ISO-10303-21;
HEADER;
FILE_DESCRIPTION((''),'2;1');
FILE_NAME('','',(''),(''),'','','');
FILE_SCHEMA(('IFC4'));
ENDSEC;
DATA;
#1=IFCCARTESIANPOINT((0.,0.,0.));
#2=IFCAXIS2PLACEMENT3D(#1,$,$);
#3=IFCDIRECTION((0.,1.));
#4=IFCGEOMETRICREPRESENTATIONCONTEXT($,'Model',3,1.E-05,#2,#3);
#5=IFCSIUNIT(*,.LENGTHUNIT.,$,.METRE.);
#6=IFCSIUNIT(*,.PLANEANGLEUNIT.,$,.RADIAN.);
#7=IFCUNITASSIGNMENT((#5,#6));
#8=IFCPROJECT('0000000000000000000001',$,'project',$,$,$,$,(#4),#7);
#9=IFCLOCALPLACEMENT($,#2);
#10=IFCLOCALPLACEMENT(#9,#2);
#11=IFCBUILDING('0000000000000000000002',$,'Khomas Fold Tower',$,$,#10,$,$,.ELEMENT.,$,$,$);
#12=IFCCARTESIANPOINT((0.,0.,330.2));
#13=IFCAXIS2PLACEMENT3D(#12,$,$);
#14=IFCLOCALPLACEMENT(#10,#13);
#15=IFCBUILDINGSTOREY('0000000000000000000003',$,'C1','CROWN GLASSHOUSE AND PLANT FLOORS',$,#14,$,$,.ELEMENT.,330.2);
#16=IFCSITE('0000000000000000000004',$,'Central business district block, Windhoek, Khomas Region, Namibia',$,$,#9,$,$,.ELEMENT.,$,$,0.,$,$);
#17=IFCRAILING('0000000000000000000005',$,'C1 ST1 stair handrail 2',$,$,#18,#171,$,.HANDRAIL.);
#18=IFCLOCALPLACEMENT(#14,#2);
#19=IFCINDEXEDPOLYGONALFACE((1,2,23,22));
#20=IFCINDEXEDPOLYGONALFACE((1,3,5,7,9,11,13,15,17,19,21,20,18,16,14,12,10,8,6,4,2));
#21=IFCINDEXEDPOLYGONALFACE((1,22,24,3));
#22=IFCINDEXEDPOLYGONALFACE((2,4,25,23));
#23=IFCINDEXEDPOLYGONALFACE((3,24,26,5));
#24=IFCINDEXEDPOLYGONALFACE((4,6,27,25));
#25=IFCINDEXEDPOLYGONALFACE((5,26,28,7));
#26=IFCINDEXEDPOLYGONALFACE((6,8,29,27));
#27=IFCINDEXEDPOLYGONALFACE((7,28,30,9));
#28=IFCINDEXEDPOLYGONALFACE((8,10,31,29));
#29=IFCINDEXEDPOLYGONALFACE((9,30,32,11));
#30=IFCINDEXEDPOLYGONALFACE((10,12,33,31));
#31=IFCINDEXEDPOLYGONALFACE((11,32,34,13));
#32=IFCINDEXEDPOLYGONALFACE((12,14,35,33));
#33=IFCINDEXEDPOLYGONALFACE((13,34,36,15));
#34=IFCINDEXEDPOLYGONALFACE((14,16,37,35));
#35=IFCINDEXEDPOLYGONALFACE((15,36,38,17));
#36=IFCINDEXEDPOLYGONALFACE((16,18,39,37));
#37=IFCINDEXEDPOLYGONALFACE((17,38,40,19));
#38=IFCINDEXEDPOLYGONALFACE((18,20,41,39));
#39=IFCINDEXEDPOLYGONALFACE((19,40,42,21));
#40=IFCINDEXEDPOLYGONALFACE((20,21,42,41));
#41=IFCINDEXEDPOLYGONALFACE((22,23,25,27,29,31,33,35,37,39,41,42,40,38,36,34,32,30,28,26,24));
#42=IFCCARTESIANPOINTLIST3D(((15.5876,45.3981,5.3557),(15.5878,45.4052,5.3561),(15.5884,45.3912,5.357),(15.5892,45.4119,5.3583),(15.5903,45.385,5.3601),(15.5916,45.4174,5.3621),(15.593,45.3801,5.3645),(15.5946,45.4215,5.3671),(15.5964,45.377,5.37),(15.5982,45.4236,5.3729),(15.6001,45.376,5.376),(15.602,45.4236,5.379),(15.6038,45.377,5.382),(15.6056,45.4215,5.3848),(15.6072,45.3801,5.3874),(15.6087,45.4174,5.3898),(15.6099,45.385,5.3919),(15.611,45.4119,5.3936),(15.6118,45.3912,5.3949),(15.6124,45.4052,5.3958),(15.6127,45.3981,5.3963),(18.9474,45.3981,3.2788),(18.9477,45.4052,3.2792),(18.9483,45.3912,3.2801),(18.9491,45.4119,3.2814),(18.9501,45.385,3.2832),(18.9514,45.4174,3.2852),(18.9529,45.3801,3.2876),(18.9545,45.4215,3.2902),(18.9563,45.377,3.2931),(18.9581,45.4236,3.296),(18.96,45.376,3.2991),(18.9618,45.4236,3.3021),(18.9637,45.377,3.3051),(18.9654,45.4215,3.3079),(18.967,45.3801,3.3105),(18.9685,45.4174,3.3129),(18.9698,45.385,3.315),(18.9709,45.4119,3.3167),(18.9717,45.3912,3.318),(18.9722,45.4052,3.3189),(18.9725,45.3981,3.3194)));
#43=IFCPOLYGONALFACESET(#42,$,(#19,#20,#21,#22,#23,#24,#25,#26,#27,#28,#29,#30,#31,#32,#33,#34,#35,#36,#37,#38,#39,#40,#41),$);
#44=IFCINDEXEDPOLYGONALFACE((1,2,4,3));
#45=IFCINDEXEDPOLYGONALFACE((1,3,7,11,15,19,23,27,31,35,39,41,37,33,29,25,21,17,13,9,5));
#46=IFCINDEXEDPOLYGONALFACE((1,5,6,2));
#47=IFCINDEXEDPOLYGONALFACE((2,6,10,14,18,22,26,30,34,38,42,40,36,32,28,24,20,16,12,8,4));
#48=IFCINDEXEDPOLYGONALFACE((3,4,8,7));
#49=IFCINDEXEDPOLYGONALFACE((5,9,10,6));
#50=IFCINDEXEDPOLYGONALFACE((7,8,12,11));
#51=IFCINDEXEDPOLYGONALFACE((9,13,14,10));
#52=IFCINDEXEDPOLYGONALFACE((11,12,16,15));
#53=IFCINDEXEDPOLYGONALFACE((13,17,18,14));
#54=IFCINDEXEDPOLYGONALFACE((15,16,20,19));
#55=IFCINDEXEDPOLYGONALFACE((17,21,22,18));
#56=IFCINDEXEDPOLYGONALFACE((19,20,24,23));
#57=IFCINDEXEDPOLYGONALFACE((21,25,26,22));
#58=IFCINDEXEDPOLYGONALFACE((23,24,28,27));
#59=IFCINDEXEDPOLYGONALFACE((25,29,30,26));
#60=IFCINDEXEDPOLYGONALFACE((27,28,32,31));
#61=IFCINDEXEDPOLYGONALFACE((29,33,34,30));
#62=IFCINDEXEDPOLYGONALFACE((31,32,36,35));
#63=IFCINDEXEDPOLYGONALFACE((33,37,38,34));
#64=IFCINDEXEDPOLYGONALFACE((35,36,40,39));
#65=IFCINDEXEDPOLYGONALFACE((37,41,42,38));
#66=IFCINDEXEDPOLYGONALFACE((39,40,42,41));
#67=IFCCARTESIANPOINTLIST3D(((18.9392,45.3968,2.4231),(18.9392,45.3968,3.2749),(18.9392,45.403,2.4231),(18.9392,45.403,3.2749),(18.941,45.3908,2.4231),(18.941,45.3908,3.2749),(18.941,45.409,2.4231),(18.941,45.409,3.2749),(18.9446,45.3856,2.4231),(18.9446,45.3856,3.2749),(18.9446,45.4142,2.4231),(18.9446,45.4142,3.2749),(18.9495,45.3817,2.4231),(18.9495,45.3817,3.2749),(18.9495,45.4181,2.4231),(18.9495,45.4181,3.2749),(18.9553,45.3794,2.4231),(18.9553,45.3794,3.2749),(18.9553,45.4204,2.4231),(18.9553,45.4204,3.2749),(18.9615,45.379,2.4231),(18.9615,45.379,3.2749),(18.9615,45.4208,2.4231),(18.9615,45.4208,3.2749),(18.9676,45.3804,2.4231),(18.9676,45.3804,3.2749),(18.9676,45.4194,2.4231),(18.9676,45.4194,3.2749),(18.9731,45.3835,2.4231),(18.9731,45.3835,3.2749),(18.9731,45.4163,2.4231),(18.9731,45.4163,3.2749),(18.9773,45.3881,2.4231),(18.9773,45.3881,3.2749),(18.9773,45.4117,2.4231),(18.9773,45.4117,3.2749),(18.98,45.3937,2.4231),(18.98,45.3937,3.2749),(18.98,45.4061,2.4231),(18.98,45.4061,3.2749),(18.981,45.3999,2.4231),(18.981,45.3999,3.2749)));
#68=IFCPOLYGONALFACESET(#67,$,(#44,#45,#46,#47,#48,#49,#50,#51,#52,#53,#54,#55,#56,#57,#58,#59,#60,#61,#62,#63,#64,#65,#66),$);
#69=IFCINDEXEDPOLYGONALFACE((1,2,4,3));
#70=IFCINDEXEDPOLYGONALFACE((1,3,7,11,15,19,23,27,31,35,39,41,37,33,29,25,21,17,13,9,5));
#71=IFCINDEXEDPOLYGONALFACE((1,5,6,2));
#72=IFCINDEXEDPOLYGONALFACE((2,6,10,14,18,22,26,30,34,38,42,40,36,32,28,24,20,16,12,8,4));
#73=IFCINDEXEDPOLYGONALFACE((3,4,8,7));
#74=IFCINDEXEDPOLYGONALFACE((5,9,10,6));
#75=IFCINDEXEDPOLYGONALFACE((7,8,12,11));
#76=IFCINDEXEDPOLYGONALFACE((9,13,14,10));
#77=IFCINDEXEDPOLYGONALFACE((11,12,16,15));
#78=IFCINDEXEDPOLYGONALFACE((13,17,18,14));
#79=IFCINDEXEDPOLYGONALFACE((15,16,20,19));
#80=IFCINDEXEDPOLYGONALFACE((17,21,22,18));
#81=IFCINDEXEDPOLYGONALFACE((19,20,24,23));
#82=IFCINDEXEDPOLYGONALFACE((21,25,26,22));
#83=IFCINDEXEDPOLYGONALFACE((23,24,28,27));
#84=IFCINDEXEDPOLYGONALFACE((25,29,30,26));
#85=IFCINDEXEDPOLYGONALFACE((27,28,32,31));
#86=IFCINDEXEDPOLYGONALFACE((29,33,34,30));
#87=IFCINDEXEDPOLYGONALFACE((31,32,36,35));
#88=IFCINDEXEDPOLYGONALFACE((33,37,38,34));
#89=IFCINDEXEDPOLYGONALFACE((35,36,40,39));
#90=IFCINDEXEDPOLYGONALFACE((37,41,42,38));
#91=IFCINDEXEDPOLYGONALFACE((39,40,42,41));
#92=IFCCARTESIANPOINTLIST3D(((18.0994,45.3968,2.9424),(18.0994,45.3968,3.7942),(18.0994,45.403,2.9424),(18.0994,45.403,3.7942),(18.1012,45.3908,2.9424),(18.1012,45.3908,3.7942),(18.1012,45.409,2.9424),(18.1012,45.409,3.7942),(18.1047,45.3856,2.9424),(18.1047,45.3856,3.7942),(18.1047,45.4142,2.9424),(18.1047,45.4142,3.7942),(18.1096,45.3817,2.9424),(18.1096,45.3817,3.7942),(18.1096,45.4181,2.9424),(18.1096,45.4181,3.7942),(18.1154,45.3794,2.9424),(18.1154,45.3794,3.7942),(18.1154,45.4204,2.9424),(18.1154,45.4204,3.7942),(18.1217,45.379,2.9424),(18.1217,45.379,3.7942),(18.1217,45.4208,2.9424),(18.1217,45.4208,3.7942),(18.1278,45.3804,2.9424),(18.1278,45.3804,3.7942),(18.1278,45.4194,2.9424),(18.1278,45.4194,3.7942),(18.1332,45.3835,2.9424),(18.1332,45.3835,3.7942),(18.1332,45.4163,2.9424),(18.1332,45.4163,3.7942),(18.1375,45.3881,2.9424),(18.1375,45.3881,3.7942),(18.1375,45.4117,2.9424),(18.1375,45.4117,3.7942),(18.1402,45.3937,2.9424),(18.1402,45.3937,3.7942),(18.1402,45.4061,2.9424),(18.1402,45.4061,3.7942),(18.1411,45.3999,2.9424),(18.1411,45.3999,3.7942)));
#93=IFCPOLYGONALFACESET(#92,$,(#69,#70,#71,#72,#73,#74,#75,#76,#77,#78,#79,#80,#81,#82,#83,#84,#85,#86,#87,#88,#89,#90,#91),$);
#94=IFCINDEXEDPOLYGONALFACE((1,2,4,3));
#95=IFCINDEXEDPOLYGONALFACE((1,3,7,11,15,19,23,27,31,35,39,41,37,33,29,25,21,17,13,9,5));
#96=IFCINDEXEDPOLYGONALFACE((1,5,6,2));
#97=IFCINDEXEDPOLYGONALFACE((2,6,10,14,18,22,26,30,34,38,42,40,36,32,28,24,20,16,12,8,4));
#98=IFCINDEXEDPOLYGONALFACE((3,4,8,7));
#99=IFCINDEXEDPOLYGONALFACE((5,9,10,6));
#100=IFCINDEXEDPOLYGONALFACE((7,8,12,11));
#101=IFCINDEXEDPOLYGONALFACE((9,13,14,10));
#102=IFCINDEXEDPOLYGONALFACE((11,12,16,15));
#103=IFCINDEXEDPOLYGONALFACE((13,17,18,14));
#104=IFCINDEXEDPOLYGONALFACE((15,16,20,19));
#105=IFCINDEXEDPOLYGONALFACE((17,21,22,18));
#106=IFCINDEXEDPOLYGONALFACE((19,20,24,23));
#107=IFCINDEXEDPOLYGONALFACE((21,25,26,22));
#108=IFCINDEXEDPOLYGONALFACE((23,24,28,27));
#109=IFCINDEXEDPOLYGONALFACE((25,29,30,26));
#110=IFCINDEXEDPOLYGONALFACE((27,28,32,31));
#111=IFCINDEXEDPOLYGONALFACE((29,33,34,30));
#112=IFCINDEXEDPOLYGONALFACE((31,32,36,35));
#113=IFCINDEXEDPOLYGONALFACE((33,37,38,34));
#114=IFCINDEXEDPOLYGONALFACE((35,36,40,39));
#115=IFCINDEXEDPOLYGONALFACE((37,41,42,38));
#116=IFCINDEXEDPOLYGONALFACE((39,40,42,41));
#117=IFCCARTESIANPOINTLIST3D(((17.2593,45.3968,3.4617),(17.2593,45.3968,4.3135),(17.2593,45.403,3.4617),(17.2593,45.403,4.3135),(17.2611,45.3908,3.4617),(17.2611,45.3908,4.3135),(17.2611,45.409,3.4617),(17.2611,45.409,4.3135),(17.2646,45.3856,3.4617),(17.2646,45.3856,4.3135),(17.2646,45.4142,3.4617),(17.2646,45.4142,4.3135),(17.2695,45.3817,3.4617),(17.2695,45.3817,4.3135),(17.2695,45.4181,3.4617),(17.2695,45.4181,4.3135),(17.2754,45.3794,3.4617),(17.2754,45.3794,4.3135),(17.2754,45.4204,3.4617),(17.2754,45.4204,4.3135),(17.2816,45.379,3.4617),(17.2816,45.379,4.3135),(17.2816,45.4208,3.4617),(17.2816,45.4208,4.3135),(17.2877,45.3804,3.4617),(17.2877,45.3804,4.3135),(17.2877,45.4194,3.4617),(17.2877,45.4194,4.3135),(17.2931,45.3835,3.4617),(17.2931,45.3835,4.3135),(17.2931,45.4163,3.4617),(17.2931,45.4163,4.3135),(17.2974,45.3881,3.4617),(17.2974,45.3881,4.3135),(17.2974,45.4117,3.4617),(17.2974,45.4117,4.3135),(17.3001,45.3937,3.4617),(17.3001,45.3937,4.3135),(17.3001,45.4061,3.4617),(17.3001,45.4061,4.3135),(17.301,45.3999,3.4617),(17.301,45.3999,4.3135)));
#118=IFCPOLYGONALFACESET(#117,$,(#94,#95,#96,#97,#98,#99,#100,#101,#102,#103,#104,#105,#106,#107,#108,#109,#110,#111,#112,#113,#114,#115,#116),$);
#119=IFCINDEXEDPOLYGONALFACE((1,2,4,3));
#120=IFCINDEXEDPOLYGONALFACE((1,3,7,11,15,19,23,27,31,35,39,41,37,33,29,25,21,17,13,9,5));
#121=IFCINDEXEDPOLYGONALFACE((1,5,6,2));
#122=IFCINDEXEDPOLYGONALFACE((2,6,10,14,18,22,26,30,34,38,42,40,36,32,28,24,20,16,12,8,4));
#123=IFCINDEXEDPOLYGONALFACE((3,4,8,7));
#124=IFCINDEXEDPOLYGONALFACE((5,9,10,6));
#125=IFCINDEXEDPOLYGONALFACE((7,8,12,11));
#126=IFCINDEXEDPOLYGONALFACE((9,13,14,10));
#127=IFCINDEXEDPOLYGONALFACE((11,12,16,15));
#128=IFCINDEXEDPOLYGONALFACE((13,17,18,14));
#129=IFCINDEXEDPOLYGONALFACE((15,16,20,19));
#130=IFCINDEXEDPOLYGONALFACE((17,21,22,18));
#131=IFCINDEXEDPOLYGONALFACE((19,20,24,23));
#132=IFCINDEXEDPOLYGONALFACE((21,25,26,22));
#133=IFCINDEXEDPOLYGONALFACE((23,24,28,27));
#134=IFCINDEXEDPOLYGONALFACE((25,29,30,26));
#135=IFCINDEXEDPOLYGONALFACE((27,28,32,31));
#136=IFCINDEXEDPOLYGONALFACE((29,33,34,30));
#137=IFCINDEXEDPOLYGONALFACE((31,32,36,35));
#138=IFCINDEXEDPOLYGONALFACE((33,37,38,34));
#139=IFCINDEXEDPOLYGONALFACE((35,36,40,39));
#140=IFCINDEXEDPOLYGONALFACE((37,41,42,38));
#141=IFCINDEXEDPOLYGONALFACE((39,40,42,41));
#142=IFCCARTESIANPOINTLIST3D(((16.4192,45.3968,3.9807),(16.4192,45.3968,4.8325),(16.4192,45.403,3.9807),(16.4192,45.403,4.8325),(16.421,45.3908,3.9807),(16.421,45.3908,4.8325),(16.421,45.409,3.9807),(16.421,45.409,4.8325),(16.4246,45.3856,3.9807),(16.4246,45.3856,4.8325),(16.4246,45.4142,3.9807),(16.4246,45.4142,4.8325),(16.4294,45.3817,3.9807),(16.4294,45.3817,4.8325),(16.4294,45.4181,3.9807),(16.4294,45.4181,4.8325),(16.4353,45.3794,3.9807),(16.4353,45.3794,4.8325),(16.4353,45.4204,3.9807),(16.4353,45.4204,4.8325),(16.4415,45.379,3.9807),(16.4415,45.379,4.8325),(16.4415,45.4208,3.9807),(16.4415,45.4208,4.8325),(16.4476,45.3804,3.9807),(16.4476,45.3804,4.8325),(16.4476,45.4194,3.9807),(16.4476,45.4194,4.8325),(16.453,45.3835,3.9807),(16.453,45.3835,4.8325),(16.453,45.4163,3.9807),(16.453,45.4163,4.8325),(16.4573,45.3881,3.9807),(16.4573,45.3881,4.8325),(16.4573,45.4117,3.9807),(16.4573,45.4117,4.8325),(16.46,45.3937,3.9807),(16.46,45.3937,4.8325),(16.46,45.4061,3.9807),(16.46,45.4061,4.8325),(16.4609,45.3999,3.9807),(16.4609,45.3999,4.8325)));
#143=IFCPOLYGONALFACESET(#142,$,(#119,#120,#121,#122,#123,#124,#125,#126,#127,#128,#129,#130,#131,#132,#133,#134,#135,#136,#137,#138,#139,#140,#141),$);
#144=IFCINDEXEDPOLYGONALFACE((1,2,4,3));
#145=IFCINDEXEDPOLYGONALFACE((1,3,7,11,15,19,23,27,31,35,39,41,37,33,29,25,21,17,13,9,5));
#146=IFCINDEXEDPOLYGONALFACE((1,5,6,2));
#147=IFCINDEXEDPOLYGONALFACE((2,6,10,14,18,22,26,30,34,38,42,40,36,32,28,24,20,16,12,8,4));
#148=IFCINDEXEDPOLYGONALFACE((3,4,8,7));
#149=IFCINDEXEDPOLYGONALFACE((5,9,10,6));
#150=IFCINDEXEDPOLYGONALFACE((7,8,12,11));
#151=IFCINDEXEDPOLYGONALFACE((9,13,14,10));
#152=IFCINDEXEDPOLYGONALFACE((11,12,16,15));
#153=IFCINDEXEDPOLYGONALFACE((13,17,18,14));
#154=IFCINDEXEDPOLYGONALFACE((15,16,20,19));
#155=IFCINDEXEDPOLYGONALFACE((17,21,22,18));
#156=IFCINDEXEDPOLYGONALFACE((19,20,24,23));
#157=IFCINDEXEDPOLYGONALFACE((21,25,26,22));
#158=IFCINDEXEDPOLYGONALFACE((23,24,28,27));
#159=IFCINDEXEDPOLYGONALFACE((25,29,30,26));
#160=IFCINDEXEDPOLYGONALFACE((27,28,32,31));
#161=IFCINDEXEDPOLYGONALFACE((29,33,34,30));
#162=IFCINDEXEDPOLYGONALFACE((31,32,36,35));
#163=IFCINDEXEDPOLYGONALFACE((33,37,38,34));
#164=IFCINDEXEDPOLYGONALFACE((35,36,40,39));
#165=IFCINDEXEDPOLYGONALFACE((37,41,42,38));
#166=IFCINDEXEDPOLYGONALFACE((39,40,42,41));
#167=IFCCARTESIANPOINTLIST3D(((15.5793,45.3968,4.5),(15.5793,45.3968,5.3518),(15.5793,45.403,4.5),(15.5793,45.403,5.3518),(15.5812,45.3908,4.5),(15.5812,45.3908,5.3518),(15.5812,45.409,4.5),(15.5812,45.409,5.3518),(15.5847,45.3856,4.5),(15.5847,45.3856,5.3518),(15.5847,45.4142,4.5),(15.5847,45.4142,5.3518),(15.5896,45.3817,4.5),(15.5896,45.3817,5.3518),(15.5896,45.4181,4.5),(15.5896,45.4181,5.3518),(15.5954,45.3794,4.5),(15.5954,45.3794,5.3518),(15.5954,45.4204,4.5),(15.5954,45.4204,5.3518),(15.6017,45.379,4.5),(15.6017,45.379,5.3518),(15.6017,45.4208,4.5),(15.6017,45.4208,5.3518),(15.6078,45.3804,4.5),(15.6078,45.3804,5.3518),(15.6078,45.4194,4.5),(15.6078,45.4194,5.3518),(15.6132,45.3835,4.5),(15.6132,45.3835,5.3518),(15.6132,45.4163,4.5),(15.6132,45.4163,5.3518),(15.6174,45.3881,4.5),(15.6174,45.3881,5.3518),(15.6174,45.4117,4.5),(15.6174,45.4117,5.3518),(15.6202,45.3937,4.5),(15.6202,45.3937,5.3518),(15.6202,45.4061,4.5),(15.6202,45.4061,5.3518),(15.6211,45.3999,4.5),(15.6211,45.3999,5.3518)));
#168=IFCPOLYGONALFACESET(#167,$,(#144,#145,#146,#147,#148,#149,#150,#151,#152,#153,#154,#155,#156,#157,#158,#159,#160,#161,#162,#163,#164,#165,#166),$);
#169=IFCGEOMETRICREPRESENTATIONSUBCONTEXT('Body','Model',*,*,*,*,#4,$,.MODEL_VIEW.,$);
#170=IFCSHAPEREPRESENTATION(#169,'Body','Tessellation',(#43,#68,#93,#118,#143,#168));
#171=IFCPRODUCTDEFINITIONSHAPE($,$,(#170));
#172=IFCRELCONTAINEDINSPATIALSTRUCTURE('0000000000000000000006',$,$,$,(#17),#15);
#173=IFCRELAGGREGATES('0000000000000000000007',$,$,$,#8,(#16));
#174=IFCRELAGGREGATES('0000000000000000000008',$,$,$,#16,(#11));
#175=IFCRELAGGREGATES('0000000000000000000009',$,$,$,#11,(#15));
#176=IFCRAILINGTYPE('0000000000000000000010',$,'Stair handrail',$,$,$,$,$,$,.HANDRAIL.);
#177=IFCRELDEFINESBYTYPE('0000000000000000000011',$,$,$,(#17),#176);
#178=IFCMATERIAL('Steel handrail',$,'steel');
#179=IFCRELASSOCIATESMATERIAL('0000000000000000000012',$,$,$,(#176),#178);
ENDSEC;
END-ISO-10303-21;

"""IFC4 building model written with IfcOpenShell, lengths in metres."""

from ifc_helpers import new_model, si_unit, direction, frame, origin, origin_2d, place, context, subcontext, project, spatial, circle, extrude, source, transform, mapped, material, type_object, element, save


model = new_model("IFC4")

# Units and contexts
model_context = context("Model", 3, precision=1e-05, world=origin(), true_north=direction((0.0, 1.0)))
body_context = subcontext(model_context, "Body", "Model", "MODEL_VIEW")
ifc_project = project(units=[si_unit("LENGTHUNIT", "METRE"), si_unit("PLANEANGLEUNIT", "RADIAN")], contexts=[model_context])

# Site, building, storey
site_placement = place(None, origin())
site = spatial("IfcSite", under=ifc_project, at=site_placement, Name="Central business district block, Windhoek, Khomas Region, Namibia", CompositionType="ELEMENT", RefElevation=0.0)
building_placement = place(site_placement, origin())
building = spatial("IfcBuilding", under=site, at=building_placement, Name="Khomas Fold Tower", CompositionType="ELEMENT")
storey_placement = place(building_placement, frame((0.0, 0.0, 330.2)))
storey = spatial("IfcBuildingStorey", under=building, at=storey_placement, Name="C1", Description="CROWN GLASSHOUSE AND PLANT FLOORS", CompositionType="ELEMENT", Elevation=330.2)

# Railing
ifc_material_1 = material(Name="Steel handrail", Category="steel")
railing_type_1 = type_object("IfcRailingType", Name="Stair handrail", PredefinedType="HANDRAIL", material=ifc_material_1)
shared_shape_1 = source(origin(), body_context, "Body", "SweptSolid", [
    extrude(circle(Radius=0.0239, at=origin_2d()), frame((0.0, 0.0, 0.876), z_axis=(-0.850606, 0.0, 0.525803), x_axis=(0.0, -1.0, 0.0)), (0.0, 0.0, 1.0), 3.95),
    extrude(circle(Radius=0.021, at=origin_2d()), origin(), (0.0, 0.0, 1.0), 0.8518),
    extrude(circle(Radius=0.021, at=origin_2d()), frame((-0.8398, 0.0, 0.5193)), (0.0, 0.0, 1.0), 0.8518),
    extrude(circle(Radius=0.021, at=origin_2d()), frame((-1.6799, 0.0, 1.0386)), (0.0, 0.0, 1.0), 0.8518),
    extrude(circle(Radius=0.021, at=origin_2d()), frame((-2.52, 0.0, 1.5576)), (0.0, 0.0, 1.0), 0.8518),
    extrude(circle(Radius=0.021, at=origin_2d()), frame((-3.3599, 0.0, 2.0769)), (0.0, 0.0, 1.0), 0.8518),
])
railing_1_placement = place(storey_placement, frame((18.96, 45.3999, 2.4231)))
element("IfcRailing", 1, at=railing_1_placement, inside=storey, type_object=railing_type_1, Name="C1 ST1 stair handrail 2", PredefinedType="HANDRAIL", context=body_context, shape_type="MappedRepresentation", body=[
    mapped(shared_shape_1, transform((0.0, 0.0, 0.0))),
])

save(model, "model.ifc")
